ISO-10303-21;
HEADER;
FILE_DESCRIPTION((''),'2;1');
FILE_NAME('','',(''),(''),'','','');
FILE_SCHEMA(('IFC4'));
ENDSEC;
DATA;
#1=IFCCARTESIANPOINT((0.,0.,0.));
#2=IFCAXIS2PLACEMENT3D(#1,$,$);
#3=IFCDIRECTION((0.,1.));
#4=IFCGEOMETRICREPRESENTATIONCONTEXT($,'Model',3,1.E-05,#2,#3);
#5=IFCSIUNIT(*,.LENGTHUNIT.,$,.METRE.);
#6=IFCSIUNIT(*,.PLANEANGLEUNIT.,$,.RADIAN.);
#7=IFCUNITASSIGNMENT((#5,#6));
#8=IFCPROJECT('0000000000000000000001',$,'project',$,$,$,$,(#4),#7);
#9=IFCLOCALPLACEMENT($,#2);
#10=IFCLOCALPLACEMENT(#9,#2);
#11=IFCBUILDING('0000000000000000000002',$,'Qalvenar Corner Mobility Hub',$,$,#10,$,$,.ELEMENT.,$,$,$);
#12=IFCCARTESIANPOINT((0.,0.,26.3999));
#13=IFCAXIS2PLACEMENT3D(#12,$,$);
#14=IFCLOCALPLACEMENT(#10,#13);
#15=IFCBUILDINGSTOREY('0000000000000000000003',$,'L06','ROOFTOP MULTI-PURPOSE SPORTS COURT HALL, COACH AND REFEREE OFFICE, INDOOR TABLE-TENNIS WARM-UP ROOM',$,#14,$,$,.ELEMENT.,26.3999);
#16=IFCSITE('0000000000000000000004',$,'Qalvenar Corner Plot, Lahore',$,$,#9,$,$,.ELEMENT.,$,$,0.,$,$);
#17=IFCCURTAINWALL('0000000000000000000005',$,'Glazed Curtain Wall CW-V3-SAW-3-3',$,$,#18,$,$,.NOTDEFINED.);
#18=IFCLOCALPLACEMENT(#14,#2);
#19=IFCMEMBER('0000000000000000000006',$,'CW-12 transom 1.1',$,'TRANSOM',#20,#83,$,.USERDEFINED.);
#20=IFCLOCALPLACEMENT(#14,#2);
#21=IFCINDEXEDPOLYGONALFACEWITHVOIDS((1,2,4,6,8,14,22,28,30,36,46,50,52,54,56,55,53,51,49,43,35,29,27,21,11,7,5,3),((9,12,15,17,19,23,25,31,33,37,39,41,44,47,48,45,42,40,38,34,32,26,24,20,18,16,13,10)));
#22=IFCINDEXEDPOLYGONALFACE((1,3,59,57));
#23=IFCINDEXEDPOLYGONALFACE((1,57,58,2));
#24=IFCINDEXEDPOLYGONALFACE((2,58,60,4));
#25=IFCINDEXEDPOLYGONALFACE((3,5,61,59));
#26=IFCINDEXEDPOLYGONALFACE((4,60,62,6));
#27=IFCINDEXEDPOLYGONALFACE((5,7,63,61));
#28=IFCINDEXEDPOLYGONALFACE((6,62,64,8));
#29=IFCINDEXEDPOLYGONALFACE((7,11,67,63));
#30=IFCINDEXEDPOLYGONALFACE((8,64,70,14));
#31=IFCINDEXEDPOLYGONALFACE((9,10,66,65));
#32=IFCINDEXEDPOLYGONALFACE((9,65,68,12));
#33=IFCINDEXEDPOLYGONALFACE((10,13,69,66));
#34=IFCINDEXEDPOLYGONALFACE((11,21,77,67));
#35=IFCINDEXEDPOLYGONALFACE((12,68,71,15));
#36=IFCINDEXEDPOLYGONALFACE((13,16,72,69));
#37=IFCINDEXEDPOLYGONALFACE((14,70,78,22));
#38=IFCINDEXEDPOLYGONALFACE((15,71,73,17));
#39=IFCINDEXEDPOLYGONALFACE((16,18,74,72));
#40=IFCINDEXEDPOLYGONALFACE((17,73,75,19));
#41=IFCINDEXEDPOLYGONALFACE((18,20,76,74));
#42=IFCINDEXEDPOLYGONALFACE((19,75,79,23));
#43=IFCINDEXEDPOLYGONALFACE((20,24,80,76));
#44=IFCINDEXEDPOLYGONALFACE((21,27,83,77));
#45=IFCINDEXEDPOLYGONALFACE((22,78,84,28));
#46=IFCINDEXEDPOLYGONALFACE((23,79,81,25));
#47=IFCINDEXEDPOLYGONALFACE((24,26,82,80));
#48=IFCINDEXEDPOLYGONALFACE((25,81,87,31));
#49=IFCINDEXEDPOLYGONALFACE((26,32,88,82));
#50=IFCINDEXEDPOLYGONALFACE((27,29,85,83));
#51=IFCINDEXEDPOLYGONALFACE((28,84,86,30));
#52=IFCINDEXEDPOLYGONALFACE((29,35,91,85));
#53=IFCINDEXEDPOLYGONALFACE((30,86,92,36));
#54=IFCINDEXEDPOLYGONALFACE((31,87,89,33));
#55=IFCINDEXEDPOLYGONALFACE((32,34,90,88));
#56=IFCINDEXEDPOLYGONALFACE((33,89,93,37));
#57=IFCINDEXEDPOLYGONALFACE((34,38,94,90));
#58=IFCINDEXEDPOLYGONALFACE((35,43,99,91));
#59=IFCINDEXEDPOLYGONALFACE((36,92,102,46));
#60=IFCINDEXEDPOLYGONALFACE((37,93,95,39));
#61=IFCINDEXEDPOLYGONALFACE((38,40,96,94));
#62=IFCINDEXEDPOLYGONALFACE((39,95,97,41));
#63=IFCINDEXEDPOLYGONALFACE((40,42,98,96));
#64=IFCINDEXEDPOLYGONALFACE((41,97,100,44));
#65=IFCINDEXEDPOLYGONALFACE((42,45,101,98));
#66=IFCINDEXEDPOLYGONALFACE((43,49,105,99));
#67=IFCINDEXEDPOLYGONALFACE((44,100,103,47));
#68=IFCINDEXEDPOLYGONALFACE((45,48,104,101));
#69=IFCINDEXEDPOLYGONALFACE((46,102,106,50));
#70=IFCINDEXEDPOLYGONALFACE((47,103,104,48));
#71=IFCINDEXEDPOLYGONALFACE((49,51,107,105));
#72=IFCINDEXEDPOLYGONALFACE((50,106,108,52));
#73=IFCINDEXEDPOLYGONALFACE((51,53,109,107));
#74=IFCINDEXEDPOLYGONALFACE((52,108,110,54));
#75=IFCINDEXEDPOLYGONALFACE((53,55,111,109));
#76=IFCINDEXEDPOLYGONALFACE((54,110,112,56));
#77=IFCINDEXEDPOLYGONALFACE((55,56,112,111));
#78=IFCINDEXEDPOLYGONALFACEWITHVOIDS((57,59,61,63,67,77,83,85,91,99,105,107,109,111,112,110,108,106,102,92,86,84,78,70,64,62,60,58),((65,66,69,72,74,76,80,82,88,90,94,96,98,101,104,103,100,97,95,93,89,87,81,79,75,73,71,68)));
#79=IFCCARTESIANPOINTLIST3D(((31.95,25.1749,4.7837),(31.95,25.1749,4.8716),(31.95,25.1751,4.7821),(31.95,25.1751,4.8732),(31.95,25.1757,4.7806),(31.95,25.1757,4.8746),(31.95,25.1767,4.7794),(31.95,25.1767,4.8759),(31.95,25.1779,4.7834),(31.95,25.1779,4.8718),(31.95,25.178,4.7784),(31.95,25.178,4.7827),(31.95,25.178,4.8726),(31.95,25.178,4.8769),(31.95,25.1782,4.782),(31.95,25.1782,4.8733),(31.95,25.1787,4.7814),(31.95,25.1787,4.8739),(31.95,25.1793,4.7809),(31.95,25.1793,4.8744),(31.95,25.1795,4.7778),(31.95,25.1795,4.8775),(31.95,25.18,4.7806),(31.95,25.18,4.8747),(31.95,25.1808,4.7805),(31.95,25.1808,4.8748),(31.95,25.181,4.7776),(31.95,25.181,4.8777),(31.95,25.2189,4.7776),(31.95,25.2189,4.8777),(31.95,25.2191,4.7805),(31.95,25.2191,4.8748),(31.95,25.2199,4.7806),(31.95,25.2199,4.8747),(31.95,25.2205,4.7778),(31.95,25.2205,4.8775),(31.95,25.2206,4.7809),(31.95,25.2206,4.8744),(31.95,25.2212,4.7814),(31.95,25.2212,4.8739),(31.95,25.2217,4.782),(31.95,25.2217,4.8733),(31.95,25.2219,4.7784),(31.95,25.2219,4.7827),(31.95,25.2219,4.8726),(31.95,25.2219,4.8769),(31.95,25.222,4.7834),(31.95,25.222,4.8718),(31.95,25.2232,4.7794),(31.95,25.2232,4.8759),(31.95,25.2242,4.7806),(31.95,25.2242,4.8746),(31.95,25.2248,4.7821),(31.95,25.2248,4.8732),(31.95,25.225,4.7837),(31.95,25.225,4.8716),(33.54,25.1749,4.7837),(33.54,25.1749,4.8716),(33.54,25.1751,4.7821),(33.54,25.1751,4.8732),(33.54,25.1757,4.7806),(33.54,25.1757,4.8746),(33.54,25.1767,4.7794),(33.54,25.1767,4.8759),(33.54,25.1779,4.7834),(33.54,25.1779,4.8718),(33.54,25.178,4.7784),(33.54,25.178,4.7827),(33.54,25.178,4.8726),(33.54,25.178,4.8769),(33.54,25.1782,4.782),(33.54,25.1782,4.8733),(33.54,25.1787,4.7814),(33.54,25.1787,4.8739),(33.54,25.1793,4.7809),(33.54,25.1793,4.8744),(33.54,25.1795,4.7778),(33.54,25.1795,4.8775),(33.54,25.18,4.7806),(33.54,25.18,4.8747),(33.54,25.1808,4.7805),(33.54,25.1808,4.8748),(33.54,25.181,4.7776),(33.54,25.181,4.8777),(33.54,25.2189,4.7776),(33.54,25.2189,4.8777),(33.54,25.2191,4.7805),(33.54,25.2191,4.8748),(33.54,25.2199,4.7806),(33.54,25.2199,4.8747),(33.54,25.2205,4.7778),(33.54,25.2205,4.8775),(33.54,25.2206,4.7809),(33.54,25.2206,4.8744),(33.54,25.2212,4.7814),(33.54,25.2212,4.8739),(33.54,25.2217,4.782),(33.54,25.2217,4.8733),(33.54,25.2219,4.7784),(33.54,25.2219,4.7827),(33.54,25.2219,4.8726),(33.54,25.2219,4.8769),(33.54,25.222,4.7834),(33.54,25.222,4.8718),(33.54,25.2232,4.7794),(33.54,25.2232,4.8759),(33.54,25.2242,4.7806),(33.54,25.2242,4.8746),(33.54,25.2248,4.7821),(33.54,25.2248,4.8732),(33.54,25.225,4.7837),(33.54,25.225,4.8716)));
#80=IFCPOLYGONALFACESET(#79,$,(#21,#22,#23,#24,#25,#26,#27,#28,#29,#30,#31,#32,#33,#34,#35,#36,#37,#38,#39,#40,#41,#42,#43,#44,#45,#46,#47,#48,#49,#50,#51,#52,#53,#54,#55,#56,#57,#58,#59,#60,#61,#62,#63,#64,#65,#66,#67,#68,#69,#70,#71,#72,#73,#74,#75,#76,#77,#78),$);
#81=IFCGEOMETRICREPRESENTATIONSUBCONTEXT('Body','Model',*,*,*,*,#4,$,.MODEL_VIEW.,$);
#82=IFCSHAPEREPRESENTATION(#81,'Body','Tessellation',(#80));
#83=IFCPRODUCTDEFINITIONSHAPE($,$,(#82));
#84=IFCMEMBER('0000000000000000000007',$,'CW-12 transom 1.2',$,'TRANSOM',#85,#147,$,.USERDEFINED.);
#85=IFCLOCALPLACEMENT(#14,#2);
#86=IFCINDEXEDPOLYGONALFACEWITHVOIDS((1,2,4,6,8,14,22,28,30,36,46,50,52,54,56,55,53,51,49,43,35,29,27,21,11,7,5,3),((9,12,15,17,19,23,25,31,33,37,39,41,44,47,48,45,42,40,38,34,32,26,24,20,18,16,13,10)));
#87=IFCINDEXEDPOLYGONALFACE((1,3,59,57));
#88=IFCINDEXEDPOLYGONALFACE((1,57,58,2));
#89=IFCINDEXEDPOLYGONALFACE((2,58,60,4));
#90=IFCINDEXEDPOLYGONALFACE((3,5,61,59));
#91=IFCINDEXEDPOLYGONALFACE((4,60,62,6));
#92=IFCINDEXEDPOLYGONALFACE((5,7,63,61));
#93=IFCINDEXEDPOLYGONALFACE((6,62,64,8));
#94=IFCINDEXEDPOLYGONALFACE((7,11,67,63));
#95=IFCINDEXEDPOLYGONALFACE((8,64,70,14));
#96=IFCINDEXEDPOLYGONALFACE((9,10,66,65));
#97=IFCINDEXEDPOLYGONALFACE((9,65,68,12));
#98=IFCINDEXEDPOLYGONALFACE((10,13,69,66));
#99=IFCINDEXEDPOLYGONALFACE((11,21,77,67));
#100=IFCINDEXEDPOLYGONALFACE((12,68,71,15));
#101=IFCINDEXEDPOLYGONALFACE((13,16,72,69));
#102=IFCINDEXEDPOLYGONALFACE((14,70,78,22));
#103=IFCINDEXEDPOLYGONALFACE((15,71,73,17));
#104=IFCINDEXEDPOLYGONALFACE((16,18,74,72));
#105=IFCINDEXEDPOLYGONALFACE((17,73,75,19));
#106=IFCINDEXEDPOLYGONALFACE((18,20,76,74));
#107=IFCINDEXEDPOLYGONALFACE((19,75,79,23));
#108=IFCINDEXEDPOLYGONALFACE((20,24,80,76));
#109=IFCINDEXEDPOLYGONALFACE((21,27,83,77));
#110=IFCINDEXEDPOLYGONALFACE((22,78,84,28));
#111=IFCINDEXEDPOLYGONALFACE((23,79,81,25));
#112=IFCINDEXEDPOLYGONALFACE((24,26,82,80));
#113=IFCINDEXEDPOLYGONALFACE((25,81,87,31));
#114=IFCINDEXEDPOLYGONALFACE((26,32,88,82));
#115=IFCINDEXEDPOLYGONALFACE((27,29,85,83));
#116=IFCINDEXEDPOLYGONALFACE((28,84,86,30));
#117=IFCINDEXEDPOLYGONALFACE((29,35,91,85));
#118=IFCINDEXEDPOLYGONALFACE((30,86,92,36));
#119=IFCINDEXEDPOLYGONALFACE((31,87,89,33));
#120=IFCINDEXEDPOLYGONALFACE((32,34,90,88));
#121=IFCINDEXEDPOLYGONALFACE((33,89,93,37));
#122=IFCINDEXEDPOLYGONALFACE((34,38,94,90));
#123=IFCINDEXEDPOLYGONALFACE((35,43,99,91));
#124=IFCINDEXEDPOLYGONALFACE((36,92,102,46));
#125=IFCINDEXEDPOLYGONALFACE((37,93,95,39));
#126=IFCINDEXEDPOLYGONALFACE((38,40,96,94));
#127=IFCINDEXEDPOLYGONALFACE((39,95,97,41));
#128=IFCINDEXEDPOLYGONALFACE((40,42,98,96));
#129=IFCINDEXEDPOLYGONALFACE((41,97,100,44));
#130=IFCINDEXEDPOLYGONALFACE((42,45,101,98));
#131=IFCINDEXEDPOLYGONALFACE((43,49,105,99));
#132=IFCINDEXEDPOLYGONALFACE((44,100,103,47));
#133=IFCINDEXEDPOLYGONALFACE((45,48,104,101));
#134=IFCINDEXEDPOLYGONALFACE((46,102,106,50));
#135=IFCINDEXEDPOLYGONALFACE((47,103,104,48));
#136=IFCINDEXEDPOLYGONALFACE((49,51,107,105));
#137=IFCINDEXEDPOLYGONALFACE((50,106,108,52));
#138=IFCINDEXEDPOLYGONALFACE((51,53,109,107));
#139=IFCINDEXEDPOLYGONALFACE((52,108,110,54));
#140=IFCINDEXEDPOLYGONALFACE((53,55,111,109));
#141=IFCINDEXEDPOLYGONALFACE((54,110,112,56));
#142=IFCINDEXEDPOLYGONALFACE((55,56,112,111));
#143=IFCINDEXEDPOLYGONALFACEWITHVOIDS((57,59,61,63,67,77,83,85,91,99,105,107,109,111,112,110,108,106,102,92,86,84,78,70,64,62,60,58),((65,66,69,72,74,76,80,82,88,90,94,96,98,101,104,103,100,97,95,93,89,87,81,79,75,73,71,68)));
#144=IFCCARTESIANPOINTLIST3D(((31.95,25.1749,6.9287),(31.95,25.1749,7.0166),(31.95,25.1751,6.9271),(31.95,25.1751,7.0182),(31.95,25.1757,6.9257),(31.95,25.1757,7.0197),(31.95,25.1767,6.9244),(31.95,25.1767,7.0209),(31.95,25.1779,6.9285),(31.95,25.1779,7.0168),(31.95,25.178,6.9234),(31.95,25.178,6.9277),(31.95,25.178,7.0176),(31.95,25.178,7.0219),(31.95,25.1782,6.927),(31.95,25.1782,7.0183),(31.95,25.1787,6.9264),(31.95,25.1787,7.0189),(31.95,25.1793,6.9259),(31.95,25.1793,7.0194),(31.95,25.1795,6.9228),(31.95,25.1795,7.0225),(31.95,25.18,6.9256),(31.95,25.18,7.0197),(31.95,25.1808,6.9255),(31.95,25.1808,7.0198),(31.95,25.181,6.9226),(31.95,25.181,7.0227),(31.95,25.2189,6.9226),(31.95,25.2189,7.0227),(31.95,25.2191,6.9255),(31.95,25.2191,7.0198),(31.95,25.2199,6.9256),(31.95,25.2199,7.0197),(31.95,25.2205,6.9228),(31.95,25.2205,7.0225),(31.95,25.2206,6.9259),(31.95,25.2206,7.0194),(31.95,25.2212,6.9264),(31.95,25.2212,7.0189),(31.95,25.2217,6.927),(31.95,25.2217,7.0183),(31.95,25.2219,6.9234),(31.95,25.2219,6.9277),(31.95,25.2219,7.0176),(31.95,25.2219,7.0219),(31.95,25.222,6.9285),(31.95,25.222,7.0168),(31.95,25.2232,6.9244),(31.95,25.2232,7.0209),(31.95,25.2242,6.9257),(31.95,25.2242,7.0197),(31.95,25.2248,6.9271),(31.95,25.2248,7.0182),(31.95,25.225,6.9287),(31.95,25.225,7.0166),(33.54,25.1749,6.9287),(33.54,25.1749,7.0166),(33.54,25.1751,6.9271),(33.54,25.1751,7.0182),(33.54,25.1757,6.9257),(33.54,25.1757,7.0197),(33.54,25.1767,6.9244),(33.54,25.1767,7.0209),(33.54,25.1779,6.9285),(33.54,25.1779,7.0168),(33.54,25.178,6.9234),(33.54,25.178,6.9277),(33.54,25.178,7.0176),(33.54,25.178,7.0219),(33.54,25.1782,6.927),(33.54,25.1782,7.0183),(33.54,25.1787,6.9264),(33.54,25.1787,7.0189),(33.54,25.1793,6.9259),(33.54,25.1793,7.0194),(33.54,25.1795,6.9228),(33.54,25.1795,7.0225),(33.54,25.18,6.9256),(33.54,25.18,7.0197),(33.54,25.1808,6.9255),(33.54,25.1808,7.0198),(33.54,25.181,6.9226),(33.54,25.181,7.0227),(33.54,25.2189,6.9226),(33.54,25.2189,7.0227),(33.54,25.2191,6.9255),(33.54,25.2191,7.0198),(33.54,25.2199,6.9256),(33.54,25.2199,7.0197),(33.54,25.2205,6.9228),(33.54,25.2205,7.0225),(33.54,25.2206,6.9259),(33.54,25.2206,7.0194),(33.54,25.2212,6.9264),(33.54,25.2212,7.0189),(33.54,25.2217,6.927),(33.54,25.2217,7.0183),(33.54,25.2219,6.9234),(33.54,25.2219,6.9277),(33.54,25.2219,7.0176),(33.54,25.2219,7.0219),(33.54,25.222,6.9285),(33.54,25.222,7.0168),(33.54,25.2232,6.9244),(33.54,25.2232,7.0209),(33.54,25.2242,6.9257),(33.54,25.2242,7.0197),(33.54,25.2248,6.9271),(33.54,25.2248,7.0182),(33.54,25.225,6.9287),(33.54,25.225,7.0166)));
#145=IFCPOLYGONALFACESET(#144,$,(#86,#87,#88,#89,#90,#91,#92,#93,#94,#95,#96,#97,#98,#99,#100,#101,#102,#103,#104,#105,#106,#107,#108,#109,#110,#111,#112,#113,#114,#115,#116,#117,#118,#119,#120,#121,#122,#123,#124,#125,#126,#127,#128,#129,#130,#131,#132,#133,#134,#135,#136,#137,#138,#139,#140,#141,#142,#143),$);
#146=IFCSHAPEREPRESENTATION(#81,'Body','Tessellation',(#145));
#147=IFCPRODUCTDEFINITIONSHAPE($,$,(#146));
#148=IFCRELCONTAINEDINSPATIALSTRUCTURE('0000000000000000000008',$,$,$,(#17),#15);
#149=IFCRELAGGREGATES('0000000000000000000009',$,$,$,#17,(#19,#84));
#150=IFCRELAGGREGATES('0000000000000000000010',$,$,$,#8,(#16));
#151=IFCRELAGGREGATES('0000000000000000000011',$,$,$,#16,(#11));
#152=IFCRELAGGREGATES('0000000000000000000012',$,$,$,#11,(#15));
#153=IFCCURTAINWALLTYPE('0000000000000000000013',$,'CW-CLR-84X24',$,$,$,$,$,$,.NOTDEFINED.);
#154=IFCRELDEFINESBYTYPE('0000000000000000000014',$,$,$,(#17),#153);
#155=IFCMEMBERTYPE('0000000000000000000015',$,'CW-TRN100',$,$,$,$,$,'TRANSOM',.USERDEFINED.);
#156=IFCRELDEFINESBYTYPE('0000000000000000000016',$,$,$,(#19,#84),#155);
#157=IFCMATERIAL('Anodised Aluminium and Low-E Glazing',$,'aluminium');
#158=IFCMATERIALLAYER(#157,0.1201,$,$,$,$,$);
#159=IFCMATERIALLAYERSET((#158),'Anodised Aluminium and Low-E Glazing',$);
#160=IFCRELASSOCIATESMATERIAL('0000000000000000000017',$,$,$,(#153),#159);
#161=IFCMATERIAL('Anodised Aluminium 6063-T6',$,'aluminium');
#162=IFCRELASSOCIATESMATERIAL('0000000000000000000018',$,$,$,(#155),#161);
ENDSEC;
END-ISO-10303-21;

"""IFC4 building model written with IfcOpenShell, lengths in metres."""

from ifc_helpers import new_model, si_unit, direction, frame, origin, origin_2d, place, context, subcontext, project, spatial, hollow_rectangle, extrude, material, layer, layer_set, material_profile, profile_set, type_object, element, aggregate, save


model = new_model("IFC4")

# Units and contexts
model_context = context("Model", 3, precision=1e-05, world=origin(), true_north=direction((0.0, 1.0)))
body_context = subcontext(model_context, "Body", "Model", "MODEL_VIEW")
ifc_project = project(units=[si_unit("LENGTHUNIT", "METRE"), si_unit("PLANEANGLEUNIT", "RADIAN")], contexts=[model_context])

# Site, building, storey
site_placement = place(None, origin())
site = spatial("IfcSite", under=ifc_project, at=site_placement, Name="Qalvenar Corner Plot, Lahore", CompositionType="ELEMENT", RefElevation=0.0)
building_placement = place(site_placement, origin())
building = spatial("IfcBuilding", under=site, at=building_placement, Name="Qalvenar Corner Mobility Hub", CompositionType="ELEMENT")
storey_placement = place(building_placement, frame((0.0, 0.0, 26.3999)))
storey = spatial("IfcBuildingStorey", under=building, at=storey_placement, Name="L06", Description="ROOFTOP MULTI-PURPOSE SPORTS COURT HALL, COACH AND REFEREE OFFICE, INDOOR TABLE-TENNIS WARM-UP ROOM", CompositionType="ELEMENT", Elevation=26.3999)

# Curtain wall
ifc_material_1 = material(Name="Anodised Aluminium and Low-E Glazing", Category="aluminium")
ifc_layer_1 = layer(ifc_material_1, 0.1201)
ifc_layer_set_1 = layer_set([ifc_layer_1], Name="Anodised Aluminium and Low-E Glazing")
curtain_wall_type = type_object("IfcCurtainWallType", Name="CW-CLR-84X24", PredefinedType="NOTDEFINED", material=ifc_layer_set_1)
ifc_material_2 = material(Name="Anodised Aluminium 6063-T6", Category="aluminium")
curtain_wall_1_placement = place(storey_placement, origin())
curtain_wall_1 = element("IfcCurtainWall", 1, at=curtain_wall_1_placement, inside=storey, type_object=curtain_wall_type, Name="Glazed Curtain Wall CW-V3-SAW-3-3", PredefinedType="NOTDEFINED")

# Members
ifc_material_profile_1 = material_profile(ifc_material_2, hollow_rectangle(XDim=0.05, YDim=0.1001, WallThickness=0.0029, InnerFilletRadius=0.0029, OuterFilletRadius=0.0061, at=origin_2d()), Name="RHS100x50x3")
ifc_profile_set_1 = profile_set([ifc_material_profile_1], Name="Anodised Aluminium 6063-T6")
member_type_1 = type_object("IfcMemberType", Name="CW-TRN100", ElementType="TRANSOM", PredefinedType="USERDEFINED", material=ifc_profile_set_1)
member_1_placement = place(storey_placement, frame((33.54, 25.2, 4.8276), z_axis=(-1.0, 0.0, 0.0), x_axis=(0.0, -1.0, 0.0)))
member_1 = element("IfcMember", 2, at=member_1_placement, type_object=member_type_1, Name="CW-12 transom 1.1", ObjectType="TRANSOM", PredefinedType="USERDEFINED", context=body_context, shape_type="SweptSolid", body=[
    extrude(hollow_rectangle(XDim=0.05, YDim=0.1001, WallThickness=0.0029, InnerFilletRadius=0.0029, OuterFilletRadius=0.0061, at=origin_2d()), origin(), (0.0, 0.0, 1.0), 1.5901),
])
member_2_placement = place(storey_placement, frame((33.54, 25.2, 6.9727), z_axis=(-1.0, 0.0, 0.0), x_axis=(0.0, -1.0, 0.0)))
member_2 = element("IfcMember", 3, at=member_2_placement, type_object=member_type_1, Name="CW-12 transom 1.2", ObjectType="TRANSOM", PredefinedType="USERDEFINED", context=body_context, shape_type="SweptSolid", body=[
    extrude(hollow_rectangle(XDim=0.05, YDim=0.1001, WallThickness=0.0029, InnerFilletRadius=0.0029, OuterFilletRadius=0.0061, at=origin_2d()), origin(), (0.0, 0.0, 1.0), 1.5901),
])

aggregate(curtain_wall_1, [member_1, member_2])

save(model, "model.ifc")
